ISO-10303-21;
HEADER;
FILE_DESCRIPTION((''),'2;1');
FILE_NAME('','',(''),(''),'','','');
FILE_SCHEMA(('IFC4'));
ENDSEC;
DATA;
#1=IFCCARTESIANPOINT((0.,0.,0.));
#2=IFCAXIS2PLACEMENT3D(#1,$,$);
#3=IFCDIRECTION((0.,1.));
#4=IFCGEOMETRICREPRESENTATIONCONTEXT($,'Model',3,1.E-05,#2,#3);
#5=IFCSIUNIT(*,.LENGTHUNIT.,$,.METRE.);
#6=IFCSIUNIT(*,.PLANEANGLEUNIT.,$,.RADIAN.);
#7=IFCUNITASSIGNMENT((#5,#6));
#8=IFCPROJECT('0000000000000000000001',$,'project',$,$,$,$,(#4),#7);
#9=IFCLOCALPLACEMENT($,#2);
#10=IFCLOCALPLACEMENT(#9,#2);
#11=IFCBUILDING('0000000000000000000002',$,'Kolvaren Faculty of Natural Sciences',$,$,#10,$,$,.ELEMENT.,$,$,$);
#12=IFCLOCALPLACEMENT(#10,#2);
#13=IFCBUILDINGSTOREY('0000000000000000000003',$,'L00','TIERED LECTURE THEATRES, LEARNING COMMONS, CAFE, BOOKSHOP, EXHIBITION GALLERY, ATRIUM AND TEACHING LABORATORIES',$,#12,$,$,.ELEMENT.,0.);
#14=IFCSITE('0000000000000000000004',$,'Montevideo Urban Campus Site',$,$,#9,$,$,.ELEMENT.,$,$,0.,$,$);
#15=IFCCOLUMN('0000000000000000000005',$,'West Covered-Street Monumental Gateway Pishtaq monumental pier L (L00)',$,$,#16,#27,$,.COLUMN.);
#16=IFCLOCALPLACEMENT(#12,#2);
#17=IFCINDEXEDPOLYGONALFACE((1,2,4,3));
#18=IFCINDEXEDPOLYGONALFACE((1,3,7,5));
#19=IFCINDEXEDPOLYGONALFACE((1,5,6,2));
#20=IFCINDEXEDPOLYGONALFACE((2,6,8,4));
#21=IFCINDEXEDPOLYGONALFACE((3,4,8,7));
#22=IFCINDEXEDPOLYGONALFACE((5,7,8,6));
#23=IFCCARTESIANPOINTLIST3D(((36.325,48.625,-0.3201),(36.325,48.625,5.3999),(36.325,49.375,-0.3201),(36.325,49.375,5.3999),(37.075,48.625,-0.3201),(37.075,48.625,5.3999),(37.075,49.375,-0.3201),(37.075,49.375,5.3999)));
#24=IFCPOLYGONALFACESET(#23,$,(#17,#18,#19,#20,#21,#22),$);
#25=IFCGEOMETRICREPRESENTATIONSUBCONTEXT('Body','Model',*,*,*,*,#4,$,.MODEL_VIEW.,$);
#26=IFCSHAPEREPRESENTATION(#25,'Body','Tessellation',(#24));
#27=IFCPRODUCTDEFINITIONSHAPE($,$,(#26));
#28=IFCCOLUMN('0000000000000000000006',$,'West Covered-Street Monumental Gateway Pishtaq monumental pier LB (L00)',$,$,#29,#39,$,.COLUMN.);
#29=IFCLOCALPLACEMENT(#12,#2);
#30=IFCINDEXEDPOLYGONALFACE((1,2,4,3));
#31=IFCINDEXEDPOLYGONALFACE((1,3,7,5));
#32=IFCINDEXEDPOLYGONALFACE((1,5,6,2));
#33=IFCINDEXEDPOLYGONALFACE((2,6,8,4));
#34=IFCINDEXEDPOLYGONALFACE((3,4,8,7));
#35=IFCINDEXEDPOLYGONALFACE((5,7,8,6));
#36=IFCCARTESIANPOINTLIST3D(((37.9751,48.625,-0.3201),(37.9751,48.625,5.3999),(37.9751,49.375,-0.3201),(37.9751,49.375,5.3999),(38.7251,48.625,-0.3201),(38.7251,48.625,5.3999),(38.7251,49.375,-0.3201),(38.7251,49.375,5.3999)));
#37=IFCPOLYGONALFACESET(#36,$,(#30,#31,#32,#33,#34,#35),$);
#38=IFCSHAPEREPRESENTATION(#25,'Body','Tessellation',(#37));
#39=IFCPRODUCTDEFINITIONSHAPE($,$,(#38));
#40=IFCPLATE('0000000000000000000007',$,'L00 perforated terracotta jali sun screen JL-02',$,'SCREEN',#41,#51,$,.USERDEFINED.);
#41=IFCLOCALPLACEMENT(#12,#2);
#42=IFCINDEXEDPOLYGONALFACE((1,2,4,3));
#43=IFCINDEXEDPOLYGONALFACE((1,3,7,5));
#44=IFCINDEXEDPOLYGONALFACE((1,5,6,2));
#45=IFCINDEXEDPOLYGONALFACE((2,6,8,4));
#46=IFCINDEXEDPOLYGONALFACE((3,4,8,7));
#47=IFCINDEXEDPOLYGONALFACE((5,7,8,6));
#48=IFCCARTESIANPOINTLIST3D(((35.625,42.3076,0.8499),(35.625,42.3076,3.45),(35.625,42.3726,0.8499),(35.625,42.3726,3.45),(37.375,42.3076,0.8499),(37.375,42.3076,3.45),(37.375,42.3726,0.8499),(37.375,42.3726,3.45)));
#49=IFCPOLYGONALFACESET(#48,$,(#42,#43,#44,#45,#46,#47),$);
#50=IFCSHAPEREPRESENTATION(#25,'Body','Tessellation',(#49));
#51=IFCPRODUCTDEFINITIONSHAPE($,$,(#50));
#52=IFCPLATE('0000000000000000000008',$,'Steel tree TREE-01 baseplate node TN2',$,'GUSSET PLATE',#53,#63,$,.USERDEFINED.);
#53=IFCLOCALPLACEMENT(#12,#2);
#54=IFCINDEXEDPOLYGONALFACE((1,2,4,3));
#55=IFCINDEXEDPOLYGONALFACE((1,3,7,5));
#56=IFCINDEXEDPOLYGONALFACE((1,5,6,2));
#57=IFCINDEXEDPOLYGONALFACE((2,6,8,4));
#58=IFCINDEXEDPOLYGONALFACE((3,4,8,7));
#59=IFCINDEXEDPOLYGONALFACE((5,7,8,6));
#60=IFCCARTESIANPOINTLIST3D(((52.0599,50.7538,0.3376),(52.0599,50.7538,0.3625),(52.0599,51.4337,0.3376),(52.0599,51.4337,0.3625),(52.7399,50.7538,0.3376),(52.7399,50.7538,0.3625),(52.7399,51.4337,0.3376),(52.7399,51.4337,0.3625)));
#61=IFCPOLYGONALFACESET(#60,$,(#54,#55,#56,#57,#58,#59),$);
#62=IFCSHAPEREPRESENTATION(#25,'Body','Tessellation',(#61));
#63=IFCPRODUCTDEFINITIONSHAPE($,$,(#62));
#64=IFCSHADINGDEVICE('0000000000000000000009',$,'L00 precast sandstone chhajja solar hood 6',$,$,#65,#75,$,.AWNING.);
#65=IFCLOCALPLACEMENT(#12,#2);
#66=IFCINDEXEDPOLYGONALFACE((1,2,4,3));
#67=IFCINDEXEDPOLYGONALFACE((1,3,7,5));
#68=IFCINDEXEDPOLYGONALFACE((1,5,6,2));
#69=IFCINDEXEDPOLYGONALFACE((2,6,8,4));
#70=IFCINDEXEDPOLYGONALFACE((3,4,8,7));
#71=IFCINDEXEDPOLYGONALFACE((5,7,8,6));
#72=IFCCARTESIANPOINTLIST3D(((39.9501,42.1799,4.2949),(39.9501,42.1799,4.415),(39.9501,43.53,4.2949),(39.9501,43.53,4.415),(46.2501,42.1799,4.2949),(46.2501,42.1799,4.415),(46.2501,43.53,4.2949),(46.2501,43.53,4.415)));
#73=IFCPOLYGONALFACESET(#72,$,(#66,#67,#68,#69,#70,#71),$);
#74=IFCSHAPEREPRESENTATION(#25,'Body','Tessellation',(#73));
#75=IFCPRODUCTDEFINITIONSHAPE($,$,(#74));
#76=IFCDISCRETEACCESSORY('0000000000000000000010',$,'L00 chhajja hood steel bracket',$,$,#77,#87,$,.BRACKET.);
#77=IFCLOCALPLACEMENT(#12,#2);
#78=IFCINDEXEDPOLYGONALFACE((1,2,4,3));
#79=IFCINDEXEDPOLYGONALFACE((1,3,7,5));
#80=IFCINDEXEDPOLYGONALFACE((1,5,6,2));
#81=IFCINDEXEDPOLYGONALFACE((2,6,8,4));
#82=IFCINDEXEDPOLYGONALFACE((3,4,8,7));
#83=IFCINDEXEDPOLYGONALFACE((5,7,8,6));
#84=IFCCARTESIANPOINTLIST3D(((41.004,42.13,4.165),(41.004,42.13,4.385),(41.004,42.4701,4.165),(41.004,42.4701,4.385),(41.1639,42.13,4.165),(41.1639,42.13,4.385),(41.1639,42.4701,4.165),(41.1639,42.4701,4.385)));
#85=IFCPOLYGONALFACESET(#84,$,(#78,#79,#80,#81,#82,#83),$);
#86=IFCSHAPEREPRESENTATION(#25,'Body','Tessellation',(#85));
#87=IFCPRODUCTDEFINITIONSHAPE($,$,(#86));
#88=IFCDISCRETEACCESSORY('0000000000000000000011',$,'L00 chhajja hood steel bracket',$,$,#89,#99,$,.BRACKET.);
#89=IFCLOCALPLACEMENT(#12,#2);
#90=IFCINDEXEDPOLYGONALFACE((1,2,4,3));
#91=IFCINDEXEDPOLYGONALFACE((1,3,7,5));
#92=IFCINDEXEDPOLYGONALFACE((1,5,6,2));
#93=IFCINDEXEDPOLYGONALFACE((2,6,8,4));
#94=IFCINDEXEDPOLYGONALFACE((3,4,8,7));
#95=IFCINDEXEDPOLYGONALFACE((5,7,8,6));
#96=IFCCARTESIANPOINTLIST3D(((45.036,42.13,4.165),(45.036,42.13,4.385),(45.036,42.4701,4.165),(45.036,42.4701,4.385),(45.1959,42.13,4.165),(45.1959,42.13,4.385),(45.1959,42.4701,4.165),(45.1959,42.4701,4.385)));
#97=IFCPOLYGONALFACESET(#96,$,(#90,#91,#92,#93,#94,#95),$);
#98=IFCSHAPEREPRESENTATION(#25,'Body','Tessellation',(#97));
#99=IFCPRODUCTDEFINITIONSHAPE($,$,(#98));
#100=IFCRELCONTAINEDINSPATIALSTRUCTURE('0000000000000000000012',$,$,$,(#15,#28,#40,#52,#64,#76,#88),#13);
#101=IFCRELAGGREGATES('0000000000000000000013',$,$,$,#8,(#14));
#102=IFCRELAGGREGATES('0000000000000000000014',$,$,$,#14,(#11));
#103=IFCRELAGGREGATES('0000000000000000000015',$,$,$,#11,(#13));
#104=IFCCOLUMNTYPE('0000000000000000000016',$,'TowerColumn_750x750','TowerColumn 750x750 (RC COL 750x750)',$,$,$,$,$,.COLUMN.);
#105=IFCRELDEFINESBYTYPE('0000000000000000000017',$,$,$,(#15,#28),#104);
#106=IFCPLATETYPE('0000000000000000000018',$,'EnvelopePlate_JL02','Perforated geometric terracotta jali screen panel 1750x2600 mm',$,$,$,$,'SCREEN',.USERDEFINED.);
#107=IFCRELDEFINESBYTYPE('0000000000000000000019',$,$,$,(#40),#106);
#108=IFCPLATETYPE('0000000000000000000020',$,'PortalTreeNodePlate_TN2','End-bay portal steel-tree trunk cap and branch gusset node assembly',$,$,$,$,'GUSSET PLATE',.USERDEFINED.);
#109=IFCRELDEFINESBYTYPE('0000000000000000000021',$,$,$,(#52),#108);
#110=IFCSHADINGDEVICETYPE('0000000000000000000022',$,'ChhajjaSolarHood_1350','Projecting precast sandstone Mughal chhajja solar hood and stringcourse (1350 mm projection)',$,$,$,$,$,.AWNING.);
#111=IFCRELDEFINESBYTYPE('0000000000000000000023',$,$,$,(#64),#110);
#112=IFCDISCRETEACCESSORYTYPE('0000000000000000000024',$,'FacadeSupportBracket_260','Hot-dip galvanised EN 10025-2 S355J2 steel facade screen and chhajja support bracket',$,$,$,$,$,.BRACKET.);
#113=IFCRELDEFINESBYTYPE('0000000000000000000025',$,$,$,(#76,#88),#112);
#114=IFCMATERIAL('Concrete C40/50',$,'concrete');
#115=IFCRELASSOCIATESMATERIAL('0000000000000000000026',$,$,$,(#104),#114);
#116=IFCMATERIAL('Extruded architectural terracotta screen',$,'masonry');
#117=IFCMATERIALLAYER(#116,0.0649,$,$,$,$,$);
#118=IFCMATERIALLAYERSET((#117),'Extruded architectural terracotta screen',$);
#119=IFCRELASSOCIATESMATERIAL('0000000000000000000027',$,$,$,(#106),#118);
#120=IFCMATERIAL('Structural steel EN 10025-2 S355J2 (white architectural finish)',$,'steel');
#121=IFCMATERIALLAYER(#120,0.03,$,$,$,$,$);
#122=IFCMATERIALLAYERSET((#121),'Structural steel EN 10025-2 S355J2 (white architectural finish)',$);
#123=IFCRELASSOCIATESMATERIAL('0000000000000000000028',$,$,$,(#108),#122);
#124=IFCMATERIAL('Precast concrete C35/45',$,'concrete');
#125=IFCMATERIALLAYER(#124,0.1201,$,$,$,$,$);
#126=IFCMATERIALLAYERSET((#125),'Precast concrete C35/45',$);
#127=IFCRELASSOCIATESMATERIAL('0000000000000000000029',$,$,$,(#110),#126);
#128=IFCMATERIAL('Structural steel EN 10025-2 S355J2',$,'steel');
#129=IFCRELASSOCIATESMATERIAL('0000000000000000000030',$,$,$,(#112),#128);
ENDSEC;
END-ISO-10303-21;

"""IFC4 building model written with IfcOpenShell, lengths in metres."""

from ifc_helpers import new_model, si_unit, direction, frame, origin, origin_2d, place, context, subcontext, project, spatial, rectangle, extrude, material, layer, layer_set, material_profile, profile_set, type_object, element, save


model = new_model("IFC4")

# Units and contexts
model_context = context("Model", 3, precision=1e-05, world=origin(), true_north=direction((0.0, 1.0)))
body_context = subcontext(model_context, "Body", "Model", "MODEL_VIEW")
ifc_project = project(units=[si_unit("LENGTHUNIT", "METRE"), si_unit("PLANEANGLEUNIT", "RADIAN")], contexts=[model_context])

# Site, building, storey
site_placement = place(None, origin())
site = spatial("IfcSite", under=ifc_project, at=site_placement, Name="Montevideo Urban Campus Site", CompositionType="ELEMENT", RefElevation=0.0)
building_placement = place(site_placement, origin())
building = spatial("IfcBuilding", under=site, at=building_placement, Name="Kolvaren Faculty of Natural Sciences", CompositionType="ELEMENT")
storey_placement = place(building_placement, origin())
storey = spatial("IfcBuildingStorey", under=building, at=storey_placement, Name="L00", Description="TIERED LECTURE THEATRES, LEARNING COMMONS, CAFE, BOOKSHOP, EXHIBITION GALLERY, ATRIUM AND TEACHING LABORATORIES", CompositionType="ELEMENT", Elevation=0.0)

# Columns
ifc_material_1 = material(Name="Concrete C40/50", Category="concrete")
ifc_material_profile_1 = material_profile(ifc_material_1, rectangle(XDim=0.75, YDim=0.75, at=origin_2d()), Name="RC COL 750x750")
ifc_profile_set_1 = profile_set([ifc_material_profile_1], Name="Concrete C40/50")
column_type_1 = type_object("IfcColumnType", Name="TowerColumn_750x750", Description="TowerColumn 750x750 (RC COL 750x750)", PredefinedType="COLUMN", material=ifc_profile_set_1)
for number, where, z_axis, x_axis, name in (
    (1, (36.7, 49.0, -0.3201), (0.0, 0.0, 1.0), (1.0, 0.0, 0.0), "West Covered-Street Monumental Gateway Pishtaq monumental pier L (L00)"),
    (2, (38.3501, 49.0, -0.3201), (0.0, 0.0, 1.0), (1.0, 0.0, 0.0), "West Covered-Street Monumental Gateway Pishtaq monumental pier LB (L00)"),
):
    element("IfcColumn", number, at=place(storey_placement, frame(where, z_axis=z_axis, x_axis=x_axis)), inside=storey, type_object=column_type_1, Name=name, PredefinedType="COLUMN", context=body_context, shape_type="SweptSolid", body=[
        extrude(rectangle(XDim=0.75, YDim=0.75, at=origin_2d()), origin(), (0.0, 0.0, 1.0), 5.72),
    ])

# Plates
ifc_material_2 = material(Name="Extruded architectural terracotta screen", Category="masonry")
ifc_layer_1 = layer(ifc_material_2, 0.0649)
ifc_layer_set_1 = layer_set([ifc_layer_1], Name="Extruded architectural terracotta screen")
plate_type_1 = type_object("IfcPlateType", Name="EnvelopePlate_JL02", Description="Perforated geometric terracotta jali screen panel 1750x2600 mm", ElementType="SCREEN", PredefinedType="USERDEFINED", material=ifc_layer_set_1)
plate_1_placement = place(storey_placement, frame((36.5, 42.3401, 0.8499), z_axis=(0.0, 0.0, 1.0), x_axis=(1.0, 0.0, 0.0)))
element("IfcPlate", 3, at=plate_1_placement, inside=storey, type_object=plate_type_1, Name="L00 perforated terracotta jali sun screen JL-02", ObjectType="SCREEN", PredefinedType="USERDEFINED", context=body_context, shape_type="SweptSolid", body=[
    extrude(rectangle(XDim=1.75, YDim=0.0649, at=origin_2d()), origin(), (0.0, 0.0, 1.0), 2.6001),
])
ifc_material_3 = material(Name="Structural steel EN 10025-2 S355J2 (white architectural finish)", Category="steel")
ifc_layer_2 = layer(ifc_material_3, 0.03)
ifc_layer_set_2 = layer_set([ifc_layer_2], Name="Structural steel EN 10025-2 S355J2 (white architectural finish)")
plate_type_2 = type_object("IfcPlateType", Name="PortalTreeNodePlate_TN2", Description="End-bay portal steel-tree trunk cap and branch gusset node assembly", ElementType="GUSSET PLATE", PredefinedType="USERDEFINED", material=ifc_layer_set_2)
plate_2_placement = place(storey_placement, frame((52.3999, 51.0938, 0.3376), z_axis=(0.0, 0.0, 1.0), x_axis=(1.0, 0.0, 0.0)))
element("IfcPlate", 4, at=plate_2_placement, inside=storey, type_object=plate_type_2, Name="Steel tree TREE-01 baseplate node TN2", ObjectType="GUSSET PLATE", PredefinedType="USERDEFINED", context=body_context, shape_type="SweptSolid", body=[
    extrude(rectangle(XDim=0.6799, YDim=0.6799, at=origin_2d()), origin(), (0.0, 0.0, 1.0), 0.0249),
])

# Shading device
ifc_material_4 = material(Name="Precast concrete C35/45", Category="concrete")
ifc_layer_3 = layer(ifc_material_4, 0.1201)
ifc_layer_set_3 = layer_set([ifc_layer_3], Name="Precast concrete C35/45")
shading_device_type = type_object("IfcShadingDeviceType", Name="ChhajjaSolarHood_1350", Description="Projecting precast sandstone Mughal chhajja solar hood and stringcourse (1350 mm projection)", PredefinedType="AWNING", material=ifc_layer_set_3)
shading_device_placement = place(storey_placement, frame((43.1001, 42.855, 4.2949), z_axis=(0.0, 0.0, 1.0), x_axis=(1.0, 0.0, 0.0)))
element("IfcShadingDevice", 5, at=shading_device_placement, inside=storey, type_object=shading_device_type, Name="L00 precast sandstone chhajja solar hood 6", PredefinedType="AWNING", context=body_context, shape_type="SweptSolid", body=[
    extrude(rectangle(XDim=6.3, YDim=1.3501, at=origin_2d()), origin(), (0.0, 0.0, 1.0), 0.1201),
])

# Discrete accessories
ifc_material_5 = material(Name="Structural steel EN 10025-2 S355J2", Category="steel")
discrete_accessory_type = type_object("IfcDiscreteAccessoryType", Name="FacadeSupportBracket_260", Description="Hot-dip galvanised EN 10025-2 S355J2 steel facade screen and chhajja support bracket", PredefinedType="BRACKET", material=ifc_material_5)
for number, where, z_axis, x_axis, name in (
    (6, (41.084, 42.3, 4.165), (0.0, 0.0, 1.0), (1.0, 0.0, 0.0), "L00 chhajja hood steel bracket"),
    (7, (45.116, 42.3, 4.165), (0.0, 0.0, 1.0), (1.0, 0.0, 0.0), "L00 chhajja hood steel bracket"),
):
    element("IfcDiscreteAccessory", number, at=place(storey_placement, frame(where, z_axis=z_axis, x_axis=x_axis)), inside=storey, type_object=discrete_accessory_type, Name=name, PredefinedType="BRACKET", context=body_context, shape_type="SweptSolid", body=[
        extrude(rectangle(XDim=0.1599, YDim=0.3401, at=origin_2d()), origin(), (0.0, 0.0, 1.0), 0.22),
    ])

save(model, "model.ifc")
